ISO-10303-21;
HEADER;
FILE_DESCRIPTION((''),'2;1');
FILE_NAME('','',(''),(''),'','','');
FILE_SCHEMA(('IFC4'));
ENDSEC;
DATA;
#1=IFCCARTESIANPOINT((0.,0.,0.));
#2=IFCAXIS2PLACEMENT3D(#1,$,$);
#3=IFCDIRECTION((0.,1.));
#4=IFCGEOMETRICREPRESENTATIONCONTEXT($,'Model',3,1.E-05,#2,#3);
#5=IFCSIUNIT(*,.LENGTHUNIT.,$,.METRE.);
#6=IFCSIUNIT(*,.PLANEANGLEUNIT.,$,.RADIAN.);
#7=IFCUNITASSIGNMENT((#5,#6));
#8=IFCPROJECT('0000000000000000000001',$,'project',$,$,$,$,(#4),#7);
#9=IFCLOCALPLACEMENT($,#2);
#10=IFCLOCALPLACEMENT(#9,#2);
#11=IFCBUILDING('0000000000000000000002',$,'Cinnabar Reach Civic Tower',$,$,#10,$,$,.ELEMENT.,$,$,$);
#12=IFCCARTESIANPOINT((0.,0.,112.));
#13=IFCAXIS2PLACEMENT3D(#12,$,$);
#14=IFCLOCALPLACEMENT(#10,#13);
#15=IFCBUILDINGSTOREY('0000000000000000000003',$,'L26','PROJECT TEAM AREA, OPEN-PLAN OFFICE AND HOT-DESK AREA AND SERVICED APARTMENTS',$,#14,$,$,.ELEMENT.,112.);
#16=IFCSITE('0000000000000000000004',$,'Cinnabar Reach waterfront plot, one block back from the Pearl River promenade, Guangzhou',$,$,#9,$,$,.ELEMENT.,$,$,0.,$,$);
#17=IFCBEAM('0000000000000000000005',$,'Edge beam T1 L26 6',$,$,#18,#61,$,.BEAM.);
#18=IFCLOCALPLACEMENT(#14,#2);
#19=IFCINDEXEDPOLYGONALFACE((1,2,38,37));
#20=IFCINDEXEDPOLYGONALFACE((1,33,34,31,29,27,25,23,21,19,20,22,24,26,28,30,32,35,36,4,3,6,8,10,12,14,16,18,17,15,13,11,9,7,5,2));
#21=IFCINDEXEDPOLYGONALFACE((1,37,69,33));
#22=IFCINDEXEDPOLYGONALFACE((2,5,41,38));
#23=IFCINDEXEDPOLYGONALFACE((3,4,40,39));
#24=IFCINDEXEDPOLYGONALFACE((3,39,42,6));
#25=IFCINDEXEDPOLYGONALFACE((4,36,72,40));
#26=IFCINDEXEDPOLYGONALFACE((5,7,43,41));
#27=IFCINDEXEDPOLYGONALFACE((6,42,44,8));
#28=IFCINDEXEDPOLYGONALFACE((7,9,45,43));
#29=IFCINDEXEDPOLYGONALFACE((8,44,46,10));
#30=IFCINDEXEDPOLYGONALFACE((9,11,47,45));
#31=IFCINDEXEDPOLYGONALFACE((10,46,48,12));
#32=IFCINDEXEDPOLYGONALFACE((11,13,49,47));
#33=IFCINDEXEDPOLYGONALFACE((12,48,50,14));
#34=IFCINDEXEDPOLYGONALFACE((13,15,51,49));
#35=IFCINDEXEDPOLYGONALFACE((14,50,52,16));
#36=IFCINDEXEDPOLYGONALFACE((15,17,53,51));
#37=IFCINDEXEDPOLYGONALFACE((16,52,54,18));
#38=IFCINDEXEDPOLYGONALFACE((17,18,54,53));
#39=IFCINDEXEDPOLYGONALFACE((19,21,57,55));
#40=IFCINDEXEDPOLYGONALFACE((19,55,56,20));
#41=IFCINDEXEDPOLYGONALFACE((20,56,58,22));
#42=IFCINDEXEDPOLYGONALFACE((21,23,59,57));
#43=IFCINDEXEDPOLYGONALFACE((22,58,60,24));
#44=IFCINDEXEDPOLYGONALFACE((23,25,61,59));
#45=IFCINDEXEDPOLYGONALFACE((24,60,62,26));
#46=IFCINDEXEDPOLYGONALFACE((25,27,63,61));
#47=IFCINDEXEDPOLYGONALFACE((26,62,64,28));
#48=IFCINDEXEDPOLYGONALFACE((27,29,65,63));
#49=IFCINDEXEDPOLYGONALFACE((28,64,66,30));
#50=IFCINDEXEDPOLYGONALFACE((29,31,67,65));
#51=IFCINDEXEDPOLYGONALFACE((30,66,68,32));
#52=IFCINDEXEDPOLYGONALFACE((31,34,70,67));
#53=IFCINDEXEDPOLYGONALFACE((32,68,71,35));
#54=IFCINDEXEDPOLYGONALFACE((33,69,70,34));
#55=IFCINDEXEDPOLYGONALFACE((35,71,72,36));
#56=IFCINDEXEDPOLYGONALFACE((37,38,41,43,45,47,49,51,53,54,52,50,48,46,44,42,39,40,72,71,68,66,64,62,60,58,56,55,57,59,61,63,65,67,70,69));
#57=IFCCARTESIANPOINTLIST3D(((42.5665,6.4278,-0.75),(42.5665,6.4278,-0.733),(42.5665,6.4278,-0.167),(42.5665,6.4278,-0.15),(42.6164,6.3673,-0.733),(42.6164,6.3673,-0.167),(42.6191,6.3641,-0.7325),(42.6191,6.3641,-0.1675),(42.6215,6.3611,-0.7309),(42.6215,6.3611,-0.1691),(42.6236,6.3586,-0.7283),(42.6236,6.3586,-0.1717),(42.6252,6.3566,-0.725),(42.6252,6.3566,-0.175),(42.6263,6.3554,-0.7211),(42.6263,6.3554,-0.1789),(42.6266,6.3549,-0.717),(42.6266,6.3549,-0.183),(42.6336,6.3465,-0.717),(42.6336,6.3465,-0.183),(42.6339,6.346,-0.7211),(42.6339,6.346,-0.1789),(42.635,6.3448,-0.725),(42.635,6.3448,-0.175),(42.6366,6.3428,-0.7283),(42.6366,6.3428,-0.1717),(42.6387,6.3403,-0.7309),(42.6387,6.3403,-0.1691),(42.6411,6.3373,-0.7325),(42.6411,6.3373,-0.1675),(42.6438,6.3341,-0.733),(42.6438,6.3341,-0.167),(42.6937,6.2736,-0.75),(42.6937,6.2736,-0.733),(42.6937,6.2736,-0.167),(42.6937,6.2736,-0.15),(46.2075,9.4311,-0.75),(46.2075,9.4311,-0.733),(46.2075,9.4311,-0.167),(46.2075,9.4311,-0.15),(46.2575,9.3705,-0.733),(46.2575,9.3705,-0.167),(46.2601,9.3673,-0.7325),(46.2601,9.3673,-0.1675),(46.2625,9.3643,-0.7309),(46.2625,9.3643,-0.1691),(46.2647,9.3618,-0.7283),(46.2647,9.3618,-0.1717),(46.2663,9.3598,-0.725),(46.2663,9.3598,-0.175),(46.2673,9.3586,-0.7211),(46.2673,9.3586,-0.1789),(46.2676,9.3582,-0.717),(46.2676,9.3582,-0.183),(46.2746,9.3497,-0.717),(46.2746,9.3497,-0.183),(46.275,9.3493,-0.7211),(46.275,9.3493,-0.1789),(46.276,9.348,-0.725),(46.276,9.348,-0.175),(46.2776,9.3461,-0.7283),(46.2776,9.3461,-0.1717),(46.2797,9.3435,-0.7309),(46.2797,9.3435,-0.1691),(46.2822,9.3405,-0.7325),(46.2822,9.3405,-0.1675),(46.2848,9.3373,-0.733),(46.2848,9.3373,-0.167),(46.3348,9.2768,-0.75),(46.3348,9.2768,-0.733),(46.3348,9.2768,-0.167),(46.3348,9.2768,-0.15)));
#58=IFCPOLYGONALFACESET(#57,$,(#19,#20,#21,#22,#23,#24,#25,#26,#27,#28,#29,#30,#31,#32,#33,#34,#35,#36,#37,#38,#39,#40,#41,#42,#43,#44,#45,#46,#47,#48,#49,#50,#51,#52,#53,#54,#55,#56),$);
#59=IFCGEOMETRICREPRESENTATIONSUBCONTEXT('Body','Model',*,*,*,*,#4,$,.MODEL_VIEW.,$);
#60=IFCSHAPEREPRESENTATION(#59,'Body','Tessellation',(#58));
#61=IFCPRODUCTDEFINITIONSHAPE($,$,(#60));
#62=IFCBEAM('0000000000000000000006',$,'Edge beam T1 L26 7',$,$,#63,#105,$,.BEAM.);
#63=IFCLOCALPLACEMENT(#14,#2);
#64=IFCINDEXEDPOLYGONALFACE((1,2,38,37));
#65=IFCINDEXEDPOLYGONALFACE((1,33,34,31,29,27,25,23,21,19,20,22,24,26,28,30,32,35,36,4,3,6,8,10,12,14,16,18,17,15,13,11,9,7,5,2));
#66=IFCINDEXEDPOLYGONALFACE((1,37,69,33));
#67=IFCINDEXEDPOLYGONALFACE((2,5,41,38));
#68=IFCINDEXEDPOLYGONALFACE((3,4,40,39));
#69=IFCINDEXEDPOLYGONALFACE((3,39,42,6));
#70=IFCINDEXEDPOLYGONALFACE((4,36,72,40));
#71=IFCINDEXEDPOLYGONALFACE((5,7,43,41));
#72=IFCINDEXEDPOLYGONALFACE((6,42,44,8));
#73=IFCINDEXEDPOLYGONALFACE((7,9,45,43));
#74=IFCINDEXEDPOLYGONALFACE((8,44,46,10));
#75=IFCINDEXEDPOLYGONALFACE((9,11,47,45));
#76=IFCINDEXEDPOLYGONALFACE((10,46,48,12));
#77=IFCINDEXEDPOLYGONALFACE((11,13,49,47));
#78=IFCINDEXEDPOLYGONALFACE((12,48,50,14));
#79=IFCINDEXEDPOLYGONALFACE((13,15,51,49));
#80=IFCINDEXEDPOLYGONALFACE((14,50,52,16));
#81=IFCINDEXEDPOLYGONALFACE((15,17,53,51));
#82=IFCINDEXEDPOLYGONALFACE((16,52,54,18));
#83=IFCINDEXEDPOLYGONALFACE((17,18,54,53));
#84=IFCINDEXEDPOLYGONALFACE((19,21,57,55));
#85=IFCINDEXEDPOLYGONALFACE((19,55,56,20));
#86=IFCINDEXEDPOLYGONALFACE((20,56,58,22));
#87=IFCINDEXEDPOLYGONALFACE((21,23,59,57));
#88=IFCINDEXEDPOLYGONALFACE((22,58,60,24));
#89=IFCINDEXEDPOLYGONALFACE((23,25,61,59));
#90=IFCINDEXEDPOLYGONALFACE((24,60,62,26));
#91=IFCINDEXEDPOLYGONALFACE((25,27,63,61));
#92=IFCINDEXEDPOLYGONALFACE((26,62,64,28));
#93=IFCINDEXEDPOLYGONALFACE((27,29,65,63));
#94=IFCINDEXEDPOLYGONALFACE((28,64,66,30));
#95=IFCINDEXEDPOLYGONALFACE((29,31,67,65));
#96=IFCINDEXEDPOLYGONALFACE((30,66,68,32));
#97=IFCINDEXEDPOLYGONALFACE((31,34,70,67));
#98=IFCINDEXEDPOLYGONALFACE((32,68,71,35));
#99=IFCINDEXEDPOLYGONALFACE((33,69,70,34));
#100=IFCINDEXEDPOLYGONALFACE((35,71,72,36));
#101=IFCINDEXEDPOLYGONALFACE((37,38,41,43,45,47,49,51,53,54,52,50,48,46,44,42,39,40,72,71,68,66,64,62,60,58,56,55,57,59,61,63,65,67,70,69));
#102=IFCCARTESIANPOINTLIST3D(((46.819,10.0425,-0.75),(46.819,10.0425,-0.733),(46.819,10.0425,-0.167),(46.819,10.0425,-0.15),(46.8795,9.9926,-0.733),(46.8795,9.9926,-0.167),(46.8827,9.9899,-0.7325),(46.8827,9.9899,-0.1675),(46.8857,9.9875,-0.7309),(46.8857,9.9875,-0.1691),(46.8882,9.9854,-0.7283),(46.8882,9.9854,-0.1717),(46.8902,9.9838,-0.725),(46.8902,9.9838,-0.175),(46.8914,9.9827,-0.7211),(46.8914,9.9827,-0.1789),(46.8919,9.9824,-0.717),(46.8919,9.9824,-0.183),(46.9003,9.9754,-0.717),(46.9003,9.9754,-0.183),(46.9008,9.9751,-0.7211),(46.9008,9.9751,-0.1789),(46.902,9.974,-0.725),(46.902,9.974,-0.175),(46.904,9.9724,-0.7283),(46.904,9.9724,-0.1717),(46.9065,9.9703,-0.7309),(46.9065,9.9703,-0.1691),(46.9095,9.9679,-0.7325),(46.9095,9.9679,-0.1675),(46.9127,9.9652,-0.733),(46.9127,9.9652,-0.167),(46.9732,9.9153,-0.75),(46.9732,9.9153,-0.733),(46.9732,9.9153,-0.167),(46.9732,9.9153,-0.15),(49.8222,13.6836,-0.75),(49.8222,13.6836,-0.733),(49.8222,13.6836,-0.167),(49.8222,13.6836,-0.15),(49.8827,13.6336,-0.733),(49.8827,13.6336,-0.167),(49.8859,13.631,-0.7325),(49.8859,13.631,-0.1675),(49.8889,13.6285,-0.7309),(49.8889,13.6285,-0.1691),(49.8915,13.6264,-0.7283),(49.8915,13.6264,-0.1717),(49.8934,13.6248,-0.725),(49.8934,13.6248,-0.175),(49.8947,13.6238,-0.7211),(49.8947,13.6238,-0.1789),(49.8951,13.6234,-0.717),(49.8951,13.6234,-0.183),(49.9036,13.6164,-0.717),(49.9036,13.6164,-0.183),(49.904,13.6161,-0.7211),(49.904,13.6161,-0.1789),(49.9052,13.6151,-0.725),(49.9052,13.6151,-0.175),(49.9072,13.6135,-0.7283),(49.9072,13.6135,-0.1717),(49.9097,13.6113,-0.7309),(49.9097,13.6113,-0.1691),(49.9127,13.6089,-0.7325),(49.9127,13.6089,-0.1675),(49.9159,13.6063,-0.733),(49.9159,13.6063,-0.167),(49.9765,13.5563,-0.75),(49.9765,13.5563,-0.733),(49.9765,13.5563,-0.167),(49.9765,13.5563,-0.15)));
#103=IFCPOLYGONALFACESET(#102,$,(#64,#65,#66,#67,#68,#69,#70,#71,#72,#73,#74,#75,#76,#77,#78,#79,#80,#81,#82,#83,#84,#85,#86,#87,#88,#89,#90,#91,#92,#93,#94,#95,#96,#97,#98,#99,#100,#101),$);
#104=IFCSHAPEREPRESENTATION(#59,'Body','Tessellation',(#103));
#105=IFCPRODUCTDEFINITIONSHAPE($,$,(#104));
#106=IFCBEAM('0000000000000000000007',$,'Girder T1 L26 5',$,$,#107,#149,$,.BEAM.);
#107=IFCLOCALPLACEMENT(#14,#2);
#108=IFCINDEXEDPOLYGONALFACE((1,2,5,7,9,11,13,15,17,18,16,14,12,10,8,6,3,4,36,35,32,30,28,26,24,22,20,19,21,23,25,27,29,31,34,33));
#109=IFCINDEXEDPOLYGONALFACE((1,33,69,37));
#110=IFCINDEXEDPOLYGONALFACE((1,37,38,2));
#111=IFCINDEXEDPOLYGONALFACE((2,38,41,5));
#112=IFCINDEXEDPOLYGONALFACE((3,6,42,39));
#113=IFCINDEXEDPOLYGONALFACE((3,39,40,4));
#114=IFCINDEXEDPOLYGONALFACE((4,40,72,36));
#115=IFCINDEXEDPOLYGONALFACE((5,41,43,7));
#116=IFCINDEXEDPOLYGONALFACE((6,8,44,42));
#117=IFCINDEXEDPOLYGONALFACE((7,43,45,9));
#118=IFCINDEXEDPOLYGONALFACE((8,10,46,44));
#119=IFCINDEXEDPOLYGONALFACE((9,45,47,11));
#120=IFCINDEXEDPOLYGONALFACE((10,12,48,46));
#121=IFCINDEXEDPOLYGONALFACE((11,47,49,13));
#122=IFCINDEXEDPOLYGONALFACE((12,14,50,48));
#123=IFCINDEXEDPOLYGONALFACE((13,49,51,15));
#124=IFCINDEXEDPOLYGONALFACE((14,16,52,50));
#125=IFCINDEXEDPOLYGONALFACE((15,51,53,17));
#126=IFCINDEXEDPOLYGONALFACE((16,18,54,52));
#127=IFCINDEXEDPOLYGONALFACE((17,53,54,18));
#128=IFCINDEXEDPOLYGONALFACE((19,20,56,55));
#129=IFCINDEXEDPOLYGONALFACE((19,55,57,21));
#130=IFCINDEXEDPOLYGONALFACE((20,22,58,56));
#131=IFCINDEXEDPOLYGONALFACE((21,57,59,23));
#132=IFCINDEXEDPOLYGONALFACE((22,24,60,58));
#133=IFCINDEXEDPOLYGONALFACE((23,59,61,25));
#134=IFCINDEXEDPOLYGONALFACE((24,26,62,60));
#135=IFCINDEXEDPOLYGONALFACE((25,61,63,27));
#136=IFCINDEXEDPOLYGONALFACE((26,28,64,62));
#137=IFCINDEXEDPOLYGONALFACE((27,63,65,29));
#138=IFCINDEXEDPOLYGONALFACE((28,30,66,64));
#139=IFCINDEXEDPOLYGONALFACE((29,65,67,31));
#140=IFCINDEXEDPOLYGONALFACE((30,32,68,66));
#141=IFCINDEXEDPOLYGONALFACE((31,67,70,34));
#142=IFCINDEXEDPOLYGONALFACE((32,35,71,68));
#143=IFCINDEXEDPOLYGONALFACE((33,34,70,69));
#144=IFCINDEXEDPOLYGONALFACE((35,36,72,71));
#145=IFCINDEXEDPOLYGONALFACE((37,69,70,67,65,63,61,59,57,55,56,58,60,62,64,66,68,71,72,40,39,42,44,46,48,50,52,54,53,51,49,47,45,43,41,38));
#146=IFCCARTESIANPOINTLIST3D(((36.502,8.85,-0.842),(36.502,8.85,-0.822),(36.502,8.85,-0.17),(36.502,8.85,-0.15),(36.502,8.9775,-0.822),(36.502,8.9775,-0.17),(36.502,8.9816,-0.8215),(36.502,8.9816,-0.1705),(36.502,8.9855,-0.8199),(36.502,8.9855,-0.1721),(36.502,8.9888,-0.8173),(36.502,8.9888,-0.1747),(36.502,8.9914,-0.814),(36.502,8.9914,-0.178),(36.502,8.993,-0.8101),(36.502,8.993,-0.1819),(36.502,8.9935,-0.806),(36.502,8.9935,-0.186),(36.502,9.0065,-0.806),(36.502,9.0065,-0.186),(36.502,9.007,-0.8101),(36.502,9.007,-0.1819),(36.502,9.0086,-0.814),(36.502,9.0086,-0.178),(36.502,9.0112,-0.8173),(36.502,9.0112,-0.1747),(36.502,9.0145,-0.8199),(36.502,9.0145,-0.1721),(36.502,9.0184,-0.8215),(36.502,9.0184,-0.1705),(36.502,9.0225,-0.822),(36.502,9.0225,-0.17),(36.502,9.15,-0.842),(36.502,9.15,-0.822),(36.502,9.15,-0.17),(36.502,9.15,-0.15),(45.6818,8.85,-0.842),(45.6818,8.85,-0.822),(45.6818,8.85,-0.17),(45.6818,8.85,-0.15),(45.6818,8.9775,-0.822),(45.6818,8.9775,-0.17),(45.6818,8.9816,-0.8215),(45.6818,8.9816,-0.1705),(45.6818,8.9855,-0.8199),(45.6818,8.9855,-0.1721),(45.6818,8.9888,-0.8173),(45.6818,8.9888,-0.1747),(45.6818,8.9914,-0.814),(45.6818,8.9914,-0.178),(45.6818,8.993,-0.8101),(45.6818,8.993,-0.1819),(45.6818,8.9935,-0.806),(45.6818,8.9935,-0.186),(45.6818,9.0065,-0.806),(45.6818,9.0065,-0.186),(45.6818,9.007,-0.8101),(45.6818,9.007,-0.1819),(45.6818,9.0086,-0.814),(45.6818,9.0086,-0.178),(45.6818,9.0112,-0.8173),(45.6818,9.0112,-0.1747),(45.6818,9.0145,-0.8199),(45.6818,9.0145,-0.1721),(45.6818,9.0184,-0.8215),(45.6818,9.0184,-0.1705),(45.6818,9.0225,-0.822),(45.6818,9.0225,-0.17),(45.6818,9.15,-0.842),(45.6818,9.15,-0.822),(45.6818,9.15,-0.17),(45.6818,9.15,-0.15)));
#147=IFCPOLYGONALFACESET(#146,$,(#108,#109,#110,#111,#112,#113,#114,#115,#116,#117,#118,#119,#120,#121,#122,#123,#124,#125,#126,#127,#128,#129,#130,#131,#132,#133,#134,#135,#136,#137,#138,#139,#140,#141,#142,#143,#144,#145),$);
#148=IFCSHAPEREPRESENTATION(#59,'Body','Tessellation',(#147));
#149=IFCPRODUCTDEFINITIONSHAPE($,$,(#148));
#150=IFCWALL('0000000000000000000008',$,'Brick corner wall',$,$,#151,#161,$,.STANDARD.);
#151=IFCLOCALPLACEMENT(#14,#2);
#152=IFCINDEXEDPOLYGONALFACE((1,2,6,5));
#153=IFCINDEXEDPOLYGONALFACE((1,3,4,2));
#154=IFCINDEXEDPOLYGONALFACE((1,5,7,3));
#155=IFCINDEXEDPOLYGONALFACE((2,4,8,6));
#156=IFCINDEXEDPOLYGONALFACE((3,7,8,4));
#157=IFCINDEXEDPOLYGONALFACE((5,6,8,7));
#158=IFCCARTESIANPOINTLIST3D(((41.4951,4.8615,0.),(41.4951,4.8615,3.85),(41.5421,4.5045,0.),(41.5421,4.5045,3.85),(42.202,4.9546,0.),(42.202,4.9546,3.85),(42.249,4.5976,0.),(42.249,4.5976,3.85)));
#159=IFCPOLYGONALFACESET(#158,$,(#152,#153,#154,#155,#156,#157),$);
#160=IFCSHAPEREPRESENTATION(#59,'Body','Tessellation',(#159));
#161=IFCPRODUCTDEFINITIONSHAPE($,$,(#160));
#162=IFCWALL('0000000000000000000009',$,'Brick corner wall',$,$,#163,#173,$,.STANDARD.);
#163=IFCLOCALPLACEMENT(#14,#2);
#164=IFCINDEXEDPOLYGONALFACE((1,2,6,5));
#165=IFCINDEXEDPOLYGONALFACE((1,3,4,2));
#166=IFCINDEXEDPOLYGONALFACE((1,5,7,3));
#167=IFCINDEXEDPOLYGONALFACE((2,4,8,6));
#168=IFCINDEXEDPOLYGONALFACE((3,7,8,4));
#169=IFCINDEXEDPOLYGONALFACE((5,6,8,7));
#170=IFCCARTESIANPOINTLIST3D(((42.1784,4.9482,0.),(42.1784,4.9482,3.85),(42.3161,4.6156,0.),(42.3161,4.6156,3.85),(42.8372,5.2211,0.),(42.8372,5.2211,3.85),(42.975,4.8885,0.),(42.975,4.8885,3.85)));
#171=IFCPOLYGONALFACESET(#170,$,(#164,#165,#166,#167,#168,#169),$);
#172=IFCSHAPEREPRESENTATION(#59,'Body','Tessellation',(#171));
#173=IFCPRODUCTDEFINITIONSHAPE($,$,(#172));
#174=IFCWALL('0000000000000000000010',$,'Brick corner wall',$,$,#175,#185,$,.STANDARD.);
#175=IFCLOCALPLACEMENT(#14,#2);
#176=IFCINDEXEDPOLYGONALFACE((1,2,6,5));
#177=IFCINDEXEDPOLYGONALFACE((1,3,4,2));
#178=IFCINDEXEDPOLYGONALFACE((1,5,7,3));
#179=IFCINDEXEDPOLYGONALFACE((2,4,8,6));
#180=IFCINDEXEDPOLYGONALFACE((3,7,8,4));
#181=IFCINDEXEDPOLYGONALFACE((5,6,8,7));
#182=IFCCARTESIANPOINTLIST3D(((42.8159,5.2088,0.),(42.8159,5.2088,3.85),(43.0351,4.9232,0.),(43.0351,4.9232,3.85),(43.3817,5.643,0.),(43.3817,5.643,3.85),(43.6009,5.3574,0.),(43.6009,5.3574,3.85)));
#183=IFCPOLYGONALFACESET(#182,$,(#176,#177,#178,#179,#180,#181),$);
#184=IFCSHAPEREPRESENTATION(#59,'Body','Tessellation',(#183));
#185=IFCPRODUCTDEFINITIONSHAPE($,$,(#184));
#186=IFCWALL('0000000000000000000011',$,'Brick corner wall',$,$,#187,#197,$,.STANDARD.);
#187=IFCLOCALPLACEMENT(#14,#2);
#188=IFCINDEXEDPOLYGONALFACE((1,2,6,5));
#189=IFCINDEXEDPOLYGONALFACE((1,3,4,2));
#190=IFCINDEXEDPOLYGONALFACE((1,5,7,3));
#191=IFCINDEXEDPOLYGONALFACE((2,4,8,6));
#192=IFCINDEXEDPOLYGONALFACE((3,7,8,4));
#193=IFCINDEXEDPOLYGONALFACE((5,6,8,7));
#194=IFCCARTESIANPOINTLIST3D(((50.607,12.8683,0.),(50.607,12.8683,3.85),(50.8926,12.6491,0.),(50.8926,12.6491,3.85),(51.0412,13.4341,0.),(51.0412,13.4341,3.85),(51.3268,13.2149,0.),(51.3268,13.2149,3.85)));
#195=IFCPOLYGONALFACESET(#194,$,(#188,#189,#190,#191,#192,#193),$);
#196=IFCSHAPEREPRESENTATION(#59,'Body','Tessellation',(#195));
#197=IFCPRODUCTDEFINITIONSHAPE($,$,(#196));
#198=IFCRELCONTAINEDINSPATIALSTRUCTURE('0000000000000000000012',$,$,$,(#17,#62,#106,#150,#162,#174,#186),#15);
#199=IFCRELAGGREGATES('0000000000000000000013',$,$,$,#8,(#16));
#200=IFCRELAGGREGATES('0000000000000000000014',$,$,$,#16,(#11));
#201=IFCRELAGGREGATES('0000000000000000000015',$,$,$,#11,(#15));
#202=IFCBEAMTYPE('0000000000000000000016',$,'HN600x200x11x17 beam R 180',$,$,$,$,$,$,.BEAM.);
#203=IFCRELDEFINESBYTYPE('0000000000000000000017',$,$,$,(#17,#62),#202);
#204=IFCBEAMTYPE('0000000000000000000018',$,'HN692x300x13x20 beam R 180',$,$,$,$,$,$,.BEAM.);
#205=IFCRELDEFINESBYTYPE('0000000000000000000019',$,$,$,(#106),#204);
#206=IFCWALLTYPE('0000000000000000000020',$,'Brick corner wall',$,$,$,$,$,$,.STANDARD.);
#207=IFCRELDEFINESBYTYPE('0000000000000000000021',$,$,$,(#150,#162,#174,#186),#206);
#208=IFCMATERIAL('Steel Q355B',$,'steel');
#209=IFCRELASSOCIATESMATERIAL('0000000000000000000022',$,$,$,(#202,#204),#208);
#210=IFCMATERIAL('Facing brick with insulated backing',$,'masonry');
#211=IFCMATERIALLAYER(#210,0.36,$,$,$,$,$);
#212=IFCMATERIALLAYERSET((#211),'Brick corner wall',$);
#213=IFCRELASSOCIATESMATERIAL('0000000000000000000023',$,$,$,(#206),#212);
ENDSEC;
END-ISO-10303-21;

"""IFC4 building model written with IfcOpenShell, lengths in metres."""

from ifc_helpers import new_model, si_unit, direction, frame, frame_2d, origin, origin_2d, place, context, subcontext, project, spatial, rectangle, i_section, extrude, material, layer, layer_set, material_profile, profile_set, type_object, element, save


model = new_model("IFC4")

# Units and contexts
model_context = context("Model", 3, precision=1e-05, world=origin(), true_north=direction((0.0, 1.0)))
body_context = subcontext(model_context, "Body", "Model", "MODEL_VIEW")
ifc_project = project(units=[si_unit("LENGTHUNIT", "METRE"), si_unit("PLANEANGLEUNIT", "RADIAN")], contexts=[model_context])

# Site, building, storey
site_placement = place(None, origin())
site = spatial("IfcSite", under=ifc_project, at=site_placement, Name="Cinnabar Reach waterfront plot, one block back from the Pearl River promenade, Guangzhou", CompositionType="ELEMENT", RefElevation=0.0)
building_placement = place(site_placement, origin())
building = spatial("IfcBuilding", under=site, at=building_placement, Name="Cinnabar Reach Civic Tower", CompositionType="ELEMENT")
storey_placement = place(building_placement, frame((0.0, 0.0, 112.0)))
storey = spatial("IfcBuildingStorey", under=building, at=storey_placement, Name="L26", Description="PROJECT TEAM AREA, OPEN-PLAN OFFICE AND HOT-DESK AREA AND SERVICED APARTMENTS", CompositionType="ELEMENT", Elevation=112.0)

# Beams
ifc_material_1 = material(Name="Steel Q355B", Category="steel")
ifc_material_profile_1 = material_profile(ifc_material_1, i_section(OverallWidth=0.2, OverallDepth=0.6, WebThickness=0.011, FlangeThickness=0.017, FilletRadius=0.016, at=origin_2d()), Name="HN600x200x11x17")
ifc_profile_set_1 = profile_set([ifc_material_profile_1], Name="Steel Q355B")
beam_type_1 = type_object("IfcBeamType", Name="HN600x200x11x17 beam R 180", PredefinedType="BEAM", material=ifc_profile_set_1)
for number, where, z_axis, x_axis, name in (
    (1, (42.6301, 6.3507, -0.45), (0.771438, 0.636304, 0.0), (-0.636304, 0.771438, 0.0), "Edge beam T1 L26 6"),
    (2, (46.8961, 9.9789, -0.45), (0.636304, 0.771438, 0.0), (-0.771438, 0.636304, 0.0), "Edge beam T1 L26 7"),
):
    element("IfcBeam", number, at=place(storey_placement, frame(where, z_axis=z_axis, x_axis=x_axis)), inside=storey, type_object=beam_type_1, Name=name, PredefinedType="BEAM", context=body_context, shape_type="SweptSolid", body=[
        extrude(i_section(OverallWidth=0.2, OverallDepth=0.6, WebThickness=0.011, FlangeThickness=0.017, FilletRadius=0.016, at=origin_2d()), origin(), (0.0, 0.0, 1.0), 4.7198),
    ])
ifc_material_profile_2 = material_profile(ifc_material_1, i_section(OverallWidth=0.3, OverallDepth=0.692, WebThickness=0.013, FlangeThickness=0.02, FilletRadius=0.016, at=origin_2d()), Name="HN692x300x13x20")
ifc_profile_set_2 = profile_set([ifc_material_profile_2], Name="Steel Q355B")
beam_type_2 = type_object("IfcBeamType", Name="HN692x300x13x20 beam R 180", PredefinedType="BEAM", material=ifc_profile_set_2)
beam_1_placement = place(storey_placement, frame((36.502, 9.0, -0.496), z_axis=(1.0, 0.0, 0.0), x_axis=(0.0, 1.0, 0.0)))
element("IfcBeam", 3, at=beam_1_placement, inside=storey, type_object=beam_type_2, Name="Girder T1 L26 5", PredefinedType="BEAM", context=body_context, shape_type="SweptSolid", body=[
    extrude(i_section(OverallWidth=0.3, OverallDepth=0.692, WebThickness=0.013, FlangeThickness=0.02, FilletRadius=0.016, at=origin_2d()), origin(), (0.0, 0.0, 1.0), 9.1798),
])

# Walls
ifc_material_2 = material(Name="Facing brick with insulated backing", Category="masonry")
ifc_layer_1 = layer(ifc_material_2, 0.36)
ifc_layer_set_1 = layer_set([ifc_layer_1], Name="Brick corner wall")
wall_type_1 = type_object("IfcWallType", Name="Brick corner wall", PredefinedType="STANDARD", material=ifc_layer_set_1)
for number, where, z_axis, x_axis, name in (
    (4, (41.5186, 4.683, 0.0), (0.0, 0.0, 1.0), (0.991441, 0.130556, 0.0), "Brick corner wall"),
    (5, (42.2473, 4.7819, 0.0), (0.0, 0.0, 1.0), (0.923872, 0.382703, 0.0), "Brick corner wall"),
):
    element("IfcWall", number, at=place(storey_placement, frame(where, z_axis=z_axis, x_axis=x_axis)), inside=storey, type_object=wall_type_1, Name=name, PredefinedType="STANDARD", context=body_context, shape_type="SweptSolid", body=[
        extrude(rectangle(XDim=0.7131, YDim=0.36, at=frame_2d((0.3565, 0.0))), origin(), (0.0, 0.0, 1.0), 3.85),
    ])
for number, where, z_axis, x_axis, name in (
    (6, (42.9255, 5.066, 0.0), (0.0, 0.0, 1.0), (0.793322, 0.608802, 0.0), "Brick corner wall"),
    (7, (50.7498, 12.7587, 0.0), (0.0, 0.0, 1.0), (0.608802, 0.793322, 0.0), "Brick corner wall"),
):
    element("IfcWall", number, at=place(storey_placement, frame(where, z_axis=z_axis, x_axis=x_axis)), inside=storey, type_object=wall_type_1, Name=name, PredefinedType="STANDARD", context=body_context, shape_type="SweptSolid", body=[
        extrude(rectangle(XDim=0.7132, YDim=0.36, at=frame_2d((0.3566, 0.0))), origin(), (0.0, 0.0, 1.0), 3.85),
    ])

save(model, "model.ifc")
